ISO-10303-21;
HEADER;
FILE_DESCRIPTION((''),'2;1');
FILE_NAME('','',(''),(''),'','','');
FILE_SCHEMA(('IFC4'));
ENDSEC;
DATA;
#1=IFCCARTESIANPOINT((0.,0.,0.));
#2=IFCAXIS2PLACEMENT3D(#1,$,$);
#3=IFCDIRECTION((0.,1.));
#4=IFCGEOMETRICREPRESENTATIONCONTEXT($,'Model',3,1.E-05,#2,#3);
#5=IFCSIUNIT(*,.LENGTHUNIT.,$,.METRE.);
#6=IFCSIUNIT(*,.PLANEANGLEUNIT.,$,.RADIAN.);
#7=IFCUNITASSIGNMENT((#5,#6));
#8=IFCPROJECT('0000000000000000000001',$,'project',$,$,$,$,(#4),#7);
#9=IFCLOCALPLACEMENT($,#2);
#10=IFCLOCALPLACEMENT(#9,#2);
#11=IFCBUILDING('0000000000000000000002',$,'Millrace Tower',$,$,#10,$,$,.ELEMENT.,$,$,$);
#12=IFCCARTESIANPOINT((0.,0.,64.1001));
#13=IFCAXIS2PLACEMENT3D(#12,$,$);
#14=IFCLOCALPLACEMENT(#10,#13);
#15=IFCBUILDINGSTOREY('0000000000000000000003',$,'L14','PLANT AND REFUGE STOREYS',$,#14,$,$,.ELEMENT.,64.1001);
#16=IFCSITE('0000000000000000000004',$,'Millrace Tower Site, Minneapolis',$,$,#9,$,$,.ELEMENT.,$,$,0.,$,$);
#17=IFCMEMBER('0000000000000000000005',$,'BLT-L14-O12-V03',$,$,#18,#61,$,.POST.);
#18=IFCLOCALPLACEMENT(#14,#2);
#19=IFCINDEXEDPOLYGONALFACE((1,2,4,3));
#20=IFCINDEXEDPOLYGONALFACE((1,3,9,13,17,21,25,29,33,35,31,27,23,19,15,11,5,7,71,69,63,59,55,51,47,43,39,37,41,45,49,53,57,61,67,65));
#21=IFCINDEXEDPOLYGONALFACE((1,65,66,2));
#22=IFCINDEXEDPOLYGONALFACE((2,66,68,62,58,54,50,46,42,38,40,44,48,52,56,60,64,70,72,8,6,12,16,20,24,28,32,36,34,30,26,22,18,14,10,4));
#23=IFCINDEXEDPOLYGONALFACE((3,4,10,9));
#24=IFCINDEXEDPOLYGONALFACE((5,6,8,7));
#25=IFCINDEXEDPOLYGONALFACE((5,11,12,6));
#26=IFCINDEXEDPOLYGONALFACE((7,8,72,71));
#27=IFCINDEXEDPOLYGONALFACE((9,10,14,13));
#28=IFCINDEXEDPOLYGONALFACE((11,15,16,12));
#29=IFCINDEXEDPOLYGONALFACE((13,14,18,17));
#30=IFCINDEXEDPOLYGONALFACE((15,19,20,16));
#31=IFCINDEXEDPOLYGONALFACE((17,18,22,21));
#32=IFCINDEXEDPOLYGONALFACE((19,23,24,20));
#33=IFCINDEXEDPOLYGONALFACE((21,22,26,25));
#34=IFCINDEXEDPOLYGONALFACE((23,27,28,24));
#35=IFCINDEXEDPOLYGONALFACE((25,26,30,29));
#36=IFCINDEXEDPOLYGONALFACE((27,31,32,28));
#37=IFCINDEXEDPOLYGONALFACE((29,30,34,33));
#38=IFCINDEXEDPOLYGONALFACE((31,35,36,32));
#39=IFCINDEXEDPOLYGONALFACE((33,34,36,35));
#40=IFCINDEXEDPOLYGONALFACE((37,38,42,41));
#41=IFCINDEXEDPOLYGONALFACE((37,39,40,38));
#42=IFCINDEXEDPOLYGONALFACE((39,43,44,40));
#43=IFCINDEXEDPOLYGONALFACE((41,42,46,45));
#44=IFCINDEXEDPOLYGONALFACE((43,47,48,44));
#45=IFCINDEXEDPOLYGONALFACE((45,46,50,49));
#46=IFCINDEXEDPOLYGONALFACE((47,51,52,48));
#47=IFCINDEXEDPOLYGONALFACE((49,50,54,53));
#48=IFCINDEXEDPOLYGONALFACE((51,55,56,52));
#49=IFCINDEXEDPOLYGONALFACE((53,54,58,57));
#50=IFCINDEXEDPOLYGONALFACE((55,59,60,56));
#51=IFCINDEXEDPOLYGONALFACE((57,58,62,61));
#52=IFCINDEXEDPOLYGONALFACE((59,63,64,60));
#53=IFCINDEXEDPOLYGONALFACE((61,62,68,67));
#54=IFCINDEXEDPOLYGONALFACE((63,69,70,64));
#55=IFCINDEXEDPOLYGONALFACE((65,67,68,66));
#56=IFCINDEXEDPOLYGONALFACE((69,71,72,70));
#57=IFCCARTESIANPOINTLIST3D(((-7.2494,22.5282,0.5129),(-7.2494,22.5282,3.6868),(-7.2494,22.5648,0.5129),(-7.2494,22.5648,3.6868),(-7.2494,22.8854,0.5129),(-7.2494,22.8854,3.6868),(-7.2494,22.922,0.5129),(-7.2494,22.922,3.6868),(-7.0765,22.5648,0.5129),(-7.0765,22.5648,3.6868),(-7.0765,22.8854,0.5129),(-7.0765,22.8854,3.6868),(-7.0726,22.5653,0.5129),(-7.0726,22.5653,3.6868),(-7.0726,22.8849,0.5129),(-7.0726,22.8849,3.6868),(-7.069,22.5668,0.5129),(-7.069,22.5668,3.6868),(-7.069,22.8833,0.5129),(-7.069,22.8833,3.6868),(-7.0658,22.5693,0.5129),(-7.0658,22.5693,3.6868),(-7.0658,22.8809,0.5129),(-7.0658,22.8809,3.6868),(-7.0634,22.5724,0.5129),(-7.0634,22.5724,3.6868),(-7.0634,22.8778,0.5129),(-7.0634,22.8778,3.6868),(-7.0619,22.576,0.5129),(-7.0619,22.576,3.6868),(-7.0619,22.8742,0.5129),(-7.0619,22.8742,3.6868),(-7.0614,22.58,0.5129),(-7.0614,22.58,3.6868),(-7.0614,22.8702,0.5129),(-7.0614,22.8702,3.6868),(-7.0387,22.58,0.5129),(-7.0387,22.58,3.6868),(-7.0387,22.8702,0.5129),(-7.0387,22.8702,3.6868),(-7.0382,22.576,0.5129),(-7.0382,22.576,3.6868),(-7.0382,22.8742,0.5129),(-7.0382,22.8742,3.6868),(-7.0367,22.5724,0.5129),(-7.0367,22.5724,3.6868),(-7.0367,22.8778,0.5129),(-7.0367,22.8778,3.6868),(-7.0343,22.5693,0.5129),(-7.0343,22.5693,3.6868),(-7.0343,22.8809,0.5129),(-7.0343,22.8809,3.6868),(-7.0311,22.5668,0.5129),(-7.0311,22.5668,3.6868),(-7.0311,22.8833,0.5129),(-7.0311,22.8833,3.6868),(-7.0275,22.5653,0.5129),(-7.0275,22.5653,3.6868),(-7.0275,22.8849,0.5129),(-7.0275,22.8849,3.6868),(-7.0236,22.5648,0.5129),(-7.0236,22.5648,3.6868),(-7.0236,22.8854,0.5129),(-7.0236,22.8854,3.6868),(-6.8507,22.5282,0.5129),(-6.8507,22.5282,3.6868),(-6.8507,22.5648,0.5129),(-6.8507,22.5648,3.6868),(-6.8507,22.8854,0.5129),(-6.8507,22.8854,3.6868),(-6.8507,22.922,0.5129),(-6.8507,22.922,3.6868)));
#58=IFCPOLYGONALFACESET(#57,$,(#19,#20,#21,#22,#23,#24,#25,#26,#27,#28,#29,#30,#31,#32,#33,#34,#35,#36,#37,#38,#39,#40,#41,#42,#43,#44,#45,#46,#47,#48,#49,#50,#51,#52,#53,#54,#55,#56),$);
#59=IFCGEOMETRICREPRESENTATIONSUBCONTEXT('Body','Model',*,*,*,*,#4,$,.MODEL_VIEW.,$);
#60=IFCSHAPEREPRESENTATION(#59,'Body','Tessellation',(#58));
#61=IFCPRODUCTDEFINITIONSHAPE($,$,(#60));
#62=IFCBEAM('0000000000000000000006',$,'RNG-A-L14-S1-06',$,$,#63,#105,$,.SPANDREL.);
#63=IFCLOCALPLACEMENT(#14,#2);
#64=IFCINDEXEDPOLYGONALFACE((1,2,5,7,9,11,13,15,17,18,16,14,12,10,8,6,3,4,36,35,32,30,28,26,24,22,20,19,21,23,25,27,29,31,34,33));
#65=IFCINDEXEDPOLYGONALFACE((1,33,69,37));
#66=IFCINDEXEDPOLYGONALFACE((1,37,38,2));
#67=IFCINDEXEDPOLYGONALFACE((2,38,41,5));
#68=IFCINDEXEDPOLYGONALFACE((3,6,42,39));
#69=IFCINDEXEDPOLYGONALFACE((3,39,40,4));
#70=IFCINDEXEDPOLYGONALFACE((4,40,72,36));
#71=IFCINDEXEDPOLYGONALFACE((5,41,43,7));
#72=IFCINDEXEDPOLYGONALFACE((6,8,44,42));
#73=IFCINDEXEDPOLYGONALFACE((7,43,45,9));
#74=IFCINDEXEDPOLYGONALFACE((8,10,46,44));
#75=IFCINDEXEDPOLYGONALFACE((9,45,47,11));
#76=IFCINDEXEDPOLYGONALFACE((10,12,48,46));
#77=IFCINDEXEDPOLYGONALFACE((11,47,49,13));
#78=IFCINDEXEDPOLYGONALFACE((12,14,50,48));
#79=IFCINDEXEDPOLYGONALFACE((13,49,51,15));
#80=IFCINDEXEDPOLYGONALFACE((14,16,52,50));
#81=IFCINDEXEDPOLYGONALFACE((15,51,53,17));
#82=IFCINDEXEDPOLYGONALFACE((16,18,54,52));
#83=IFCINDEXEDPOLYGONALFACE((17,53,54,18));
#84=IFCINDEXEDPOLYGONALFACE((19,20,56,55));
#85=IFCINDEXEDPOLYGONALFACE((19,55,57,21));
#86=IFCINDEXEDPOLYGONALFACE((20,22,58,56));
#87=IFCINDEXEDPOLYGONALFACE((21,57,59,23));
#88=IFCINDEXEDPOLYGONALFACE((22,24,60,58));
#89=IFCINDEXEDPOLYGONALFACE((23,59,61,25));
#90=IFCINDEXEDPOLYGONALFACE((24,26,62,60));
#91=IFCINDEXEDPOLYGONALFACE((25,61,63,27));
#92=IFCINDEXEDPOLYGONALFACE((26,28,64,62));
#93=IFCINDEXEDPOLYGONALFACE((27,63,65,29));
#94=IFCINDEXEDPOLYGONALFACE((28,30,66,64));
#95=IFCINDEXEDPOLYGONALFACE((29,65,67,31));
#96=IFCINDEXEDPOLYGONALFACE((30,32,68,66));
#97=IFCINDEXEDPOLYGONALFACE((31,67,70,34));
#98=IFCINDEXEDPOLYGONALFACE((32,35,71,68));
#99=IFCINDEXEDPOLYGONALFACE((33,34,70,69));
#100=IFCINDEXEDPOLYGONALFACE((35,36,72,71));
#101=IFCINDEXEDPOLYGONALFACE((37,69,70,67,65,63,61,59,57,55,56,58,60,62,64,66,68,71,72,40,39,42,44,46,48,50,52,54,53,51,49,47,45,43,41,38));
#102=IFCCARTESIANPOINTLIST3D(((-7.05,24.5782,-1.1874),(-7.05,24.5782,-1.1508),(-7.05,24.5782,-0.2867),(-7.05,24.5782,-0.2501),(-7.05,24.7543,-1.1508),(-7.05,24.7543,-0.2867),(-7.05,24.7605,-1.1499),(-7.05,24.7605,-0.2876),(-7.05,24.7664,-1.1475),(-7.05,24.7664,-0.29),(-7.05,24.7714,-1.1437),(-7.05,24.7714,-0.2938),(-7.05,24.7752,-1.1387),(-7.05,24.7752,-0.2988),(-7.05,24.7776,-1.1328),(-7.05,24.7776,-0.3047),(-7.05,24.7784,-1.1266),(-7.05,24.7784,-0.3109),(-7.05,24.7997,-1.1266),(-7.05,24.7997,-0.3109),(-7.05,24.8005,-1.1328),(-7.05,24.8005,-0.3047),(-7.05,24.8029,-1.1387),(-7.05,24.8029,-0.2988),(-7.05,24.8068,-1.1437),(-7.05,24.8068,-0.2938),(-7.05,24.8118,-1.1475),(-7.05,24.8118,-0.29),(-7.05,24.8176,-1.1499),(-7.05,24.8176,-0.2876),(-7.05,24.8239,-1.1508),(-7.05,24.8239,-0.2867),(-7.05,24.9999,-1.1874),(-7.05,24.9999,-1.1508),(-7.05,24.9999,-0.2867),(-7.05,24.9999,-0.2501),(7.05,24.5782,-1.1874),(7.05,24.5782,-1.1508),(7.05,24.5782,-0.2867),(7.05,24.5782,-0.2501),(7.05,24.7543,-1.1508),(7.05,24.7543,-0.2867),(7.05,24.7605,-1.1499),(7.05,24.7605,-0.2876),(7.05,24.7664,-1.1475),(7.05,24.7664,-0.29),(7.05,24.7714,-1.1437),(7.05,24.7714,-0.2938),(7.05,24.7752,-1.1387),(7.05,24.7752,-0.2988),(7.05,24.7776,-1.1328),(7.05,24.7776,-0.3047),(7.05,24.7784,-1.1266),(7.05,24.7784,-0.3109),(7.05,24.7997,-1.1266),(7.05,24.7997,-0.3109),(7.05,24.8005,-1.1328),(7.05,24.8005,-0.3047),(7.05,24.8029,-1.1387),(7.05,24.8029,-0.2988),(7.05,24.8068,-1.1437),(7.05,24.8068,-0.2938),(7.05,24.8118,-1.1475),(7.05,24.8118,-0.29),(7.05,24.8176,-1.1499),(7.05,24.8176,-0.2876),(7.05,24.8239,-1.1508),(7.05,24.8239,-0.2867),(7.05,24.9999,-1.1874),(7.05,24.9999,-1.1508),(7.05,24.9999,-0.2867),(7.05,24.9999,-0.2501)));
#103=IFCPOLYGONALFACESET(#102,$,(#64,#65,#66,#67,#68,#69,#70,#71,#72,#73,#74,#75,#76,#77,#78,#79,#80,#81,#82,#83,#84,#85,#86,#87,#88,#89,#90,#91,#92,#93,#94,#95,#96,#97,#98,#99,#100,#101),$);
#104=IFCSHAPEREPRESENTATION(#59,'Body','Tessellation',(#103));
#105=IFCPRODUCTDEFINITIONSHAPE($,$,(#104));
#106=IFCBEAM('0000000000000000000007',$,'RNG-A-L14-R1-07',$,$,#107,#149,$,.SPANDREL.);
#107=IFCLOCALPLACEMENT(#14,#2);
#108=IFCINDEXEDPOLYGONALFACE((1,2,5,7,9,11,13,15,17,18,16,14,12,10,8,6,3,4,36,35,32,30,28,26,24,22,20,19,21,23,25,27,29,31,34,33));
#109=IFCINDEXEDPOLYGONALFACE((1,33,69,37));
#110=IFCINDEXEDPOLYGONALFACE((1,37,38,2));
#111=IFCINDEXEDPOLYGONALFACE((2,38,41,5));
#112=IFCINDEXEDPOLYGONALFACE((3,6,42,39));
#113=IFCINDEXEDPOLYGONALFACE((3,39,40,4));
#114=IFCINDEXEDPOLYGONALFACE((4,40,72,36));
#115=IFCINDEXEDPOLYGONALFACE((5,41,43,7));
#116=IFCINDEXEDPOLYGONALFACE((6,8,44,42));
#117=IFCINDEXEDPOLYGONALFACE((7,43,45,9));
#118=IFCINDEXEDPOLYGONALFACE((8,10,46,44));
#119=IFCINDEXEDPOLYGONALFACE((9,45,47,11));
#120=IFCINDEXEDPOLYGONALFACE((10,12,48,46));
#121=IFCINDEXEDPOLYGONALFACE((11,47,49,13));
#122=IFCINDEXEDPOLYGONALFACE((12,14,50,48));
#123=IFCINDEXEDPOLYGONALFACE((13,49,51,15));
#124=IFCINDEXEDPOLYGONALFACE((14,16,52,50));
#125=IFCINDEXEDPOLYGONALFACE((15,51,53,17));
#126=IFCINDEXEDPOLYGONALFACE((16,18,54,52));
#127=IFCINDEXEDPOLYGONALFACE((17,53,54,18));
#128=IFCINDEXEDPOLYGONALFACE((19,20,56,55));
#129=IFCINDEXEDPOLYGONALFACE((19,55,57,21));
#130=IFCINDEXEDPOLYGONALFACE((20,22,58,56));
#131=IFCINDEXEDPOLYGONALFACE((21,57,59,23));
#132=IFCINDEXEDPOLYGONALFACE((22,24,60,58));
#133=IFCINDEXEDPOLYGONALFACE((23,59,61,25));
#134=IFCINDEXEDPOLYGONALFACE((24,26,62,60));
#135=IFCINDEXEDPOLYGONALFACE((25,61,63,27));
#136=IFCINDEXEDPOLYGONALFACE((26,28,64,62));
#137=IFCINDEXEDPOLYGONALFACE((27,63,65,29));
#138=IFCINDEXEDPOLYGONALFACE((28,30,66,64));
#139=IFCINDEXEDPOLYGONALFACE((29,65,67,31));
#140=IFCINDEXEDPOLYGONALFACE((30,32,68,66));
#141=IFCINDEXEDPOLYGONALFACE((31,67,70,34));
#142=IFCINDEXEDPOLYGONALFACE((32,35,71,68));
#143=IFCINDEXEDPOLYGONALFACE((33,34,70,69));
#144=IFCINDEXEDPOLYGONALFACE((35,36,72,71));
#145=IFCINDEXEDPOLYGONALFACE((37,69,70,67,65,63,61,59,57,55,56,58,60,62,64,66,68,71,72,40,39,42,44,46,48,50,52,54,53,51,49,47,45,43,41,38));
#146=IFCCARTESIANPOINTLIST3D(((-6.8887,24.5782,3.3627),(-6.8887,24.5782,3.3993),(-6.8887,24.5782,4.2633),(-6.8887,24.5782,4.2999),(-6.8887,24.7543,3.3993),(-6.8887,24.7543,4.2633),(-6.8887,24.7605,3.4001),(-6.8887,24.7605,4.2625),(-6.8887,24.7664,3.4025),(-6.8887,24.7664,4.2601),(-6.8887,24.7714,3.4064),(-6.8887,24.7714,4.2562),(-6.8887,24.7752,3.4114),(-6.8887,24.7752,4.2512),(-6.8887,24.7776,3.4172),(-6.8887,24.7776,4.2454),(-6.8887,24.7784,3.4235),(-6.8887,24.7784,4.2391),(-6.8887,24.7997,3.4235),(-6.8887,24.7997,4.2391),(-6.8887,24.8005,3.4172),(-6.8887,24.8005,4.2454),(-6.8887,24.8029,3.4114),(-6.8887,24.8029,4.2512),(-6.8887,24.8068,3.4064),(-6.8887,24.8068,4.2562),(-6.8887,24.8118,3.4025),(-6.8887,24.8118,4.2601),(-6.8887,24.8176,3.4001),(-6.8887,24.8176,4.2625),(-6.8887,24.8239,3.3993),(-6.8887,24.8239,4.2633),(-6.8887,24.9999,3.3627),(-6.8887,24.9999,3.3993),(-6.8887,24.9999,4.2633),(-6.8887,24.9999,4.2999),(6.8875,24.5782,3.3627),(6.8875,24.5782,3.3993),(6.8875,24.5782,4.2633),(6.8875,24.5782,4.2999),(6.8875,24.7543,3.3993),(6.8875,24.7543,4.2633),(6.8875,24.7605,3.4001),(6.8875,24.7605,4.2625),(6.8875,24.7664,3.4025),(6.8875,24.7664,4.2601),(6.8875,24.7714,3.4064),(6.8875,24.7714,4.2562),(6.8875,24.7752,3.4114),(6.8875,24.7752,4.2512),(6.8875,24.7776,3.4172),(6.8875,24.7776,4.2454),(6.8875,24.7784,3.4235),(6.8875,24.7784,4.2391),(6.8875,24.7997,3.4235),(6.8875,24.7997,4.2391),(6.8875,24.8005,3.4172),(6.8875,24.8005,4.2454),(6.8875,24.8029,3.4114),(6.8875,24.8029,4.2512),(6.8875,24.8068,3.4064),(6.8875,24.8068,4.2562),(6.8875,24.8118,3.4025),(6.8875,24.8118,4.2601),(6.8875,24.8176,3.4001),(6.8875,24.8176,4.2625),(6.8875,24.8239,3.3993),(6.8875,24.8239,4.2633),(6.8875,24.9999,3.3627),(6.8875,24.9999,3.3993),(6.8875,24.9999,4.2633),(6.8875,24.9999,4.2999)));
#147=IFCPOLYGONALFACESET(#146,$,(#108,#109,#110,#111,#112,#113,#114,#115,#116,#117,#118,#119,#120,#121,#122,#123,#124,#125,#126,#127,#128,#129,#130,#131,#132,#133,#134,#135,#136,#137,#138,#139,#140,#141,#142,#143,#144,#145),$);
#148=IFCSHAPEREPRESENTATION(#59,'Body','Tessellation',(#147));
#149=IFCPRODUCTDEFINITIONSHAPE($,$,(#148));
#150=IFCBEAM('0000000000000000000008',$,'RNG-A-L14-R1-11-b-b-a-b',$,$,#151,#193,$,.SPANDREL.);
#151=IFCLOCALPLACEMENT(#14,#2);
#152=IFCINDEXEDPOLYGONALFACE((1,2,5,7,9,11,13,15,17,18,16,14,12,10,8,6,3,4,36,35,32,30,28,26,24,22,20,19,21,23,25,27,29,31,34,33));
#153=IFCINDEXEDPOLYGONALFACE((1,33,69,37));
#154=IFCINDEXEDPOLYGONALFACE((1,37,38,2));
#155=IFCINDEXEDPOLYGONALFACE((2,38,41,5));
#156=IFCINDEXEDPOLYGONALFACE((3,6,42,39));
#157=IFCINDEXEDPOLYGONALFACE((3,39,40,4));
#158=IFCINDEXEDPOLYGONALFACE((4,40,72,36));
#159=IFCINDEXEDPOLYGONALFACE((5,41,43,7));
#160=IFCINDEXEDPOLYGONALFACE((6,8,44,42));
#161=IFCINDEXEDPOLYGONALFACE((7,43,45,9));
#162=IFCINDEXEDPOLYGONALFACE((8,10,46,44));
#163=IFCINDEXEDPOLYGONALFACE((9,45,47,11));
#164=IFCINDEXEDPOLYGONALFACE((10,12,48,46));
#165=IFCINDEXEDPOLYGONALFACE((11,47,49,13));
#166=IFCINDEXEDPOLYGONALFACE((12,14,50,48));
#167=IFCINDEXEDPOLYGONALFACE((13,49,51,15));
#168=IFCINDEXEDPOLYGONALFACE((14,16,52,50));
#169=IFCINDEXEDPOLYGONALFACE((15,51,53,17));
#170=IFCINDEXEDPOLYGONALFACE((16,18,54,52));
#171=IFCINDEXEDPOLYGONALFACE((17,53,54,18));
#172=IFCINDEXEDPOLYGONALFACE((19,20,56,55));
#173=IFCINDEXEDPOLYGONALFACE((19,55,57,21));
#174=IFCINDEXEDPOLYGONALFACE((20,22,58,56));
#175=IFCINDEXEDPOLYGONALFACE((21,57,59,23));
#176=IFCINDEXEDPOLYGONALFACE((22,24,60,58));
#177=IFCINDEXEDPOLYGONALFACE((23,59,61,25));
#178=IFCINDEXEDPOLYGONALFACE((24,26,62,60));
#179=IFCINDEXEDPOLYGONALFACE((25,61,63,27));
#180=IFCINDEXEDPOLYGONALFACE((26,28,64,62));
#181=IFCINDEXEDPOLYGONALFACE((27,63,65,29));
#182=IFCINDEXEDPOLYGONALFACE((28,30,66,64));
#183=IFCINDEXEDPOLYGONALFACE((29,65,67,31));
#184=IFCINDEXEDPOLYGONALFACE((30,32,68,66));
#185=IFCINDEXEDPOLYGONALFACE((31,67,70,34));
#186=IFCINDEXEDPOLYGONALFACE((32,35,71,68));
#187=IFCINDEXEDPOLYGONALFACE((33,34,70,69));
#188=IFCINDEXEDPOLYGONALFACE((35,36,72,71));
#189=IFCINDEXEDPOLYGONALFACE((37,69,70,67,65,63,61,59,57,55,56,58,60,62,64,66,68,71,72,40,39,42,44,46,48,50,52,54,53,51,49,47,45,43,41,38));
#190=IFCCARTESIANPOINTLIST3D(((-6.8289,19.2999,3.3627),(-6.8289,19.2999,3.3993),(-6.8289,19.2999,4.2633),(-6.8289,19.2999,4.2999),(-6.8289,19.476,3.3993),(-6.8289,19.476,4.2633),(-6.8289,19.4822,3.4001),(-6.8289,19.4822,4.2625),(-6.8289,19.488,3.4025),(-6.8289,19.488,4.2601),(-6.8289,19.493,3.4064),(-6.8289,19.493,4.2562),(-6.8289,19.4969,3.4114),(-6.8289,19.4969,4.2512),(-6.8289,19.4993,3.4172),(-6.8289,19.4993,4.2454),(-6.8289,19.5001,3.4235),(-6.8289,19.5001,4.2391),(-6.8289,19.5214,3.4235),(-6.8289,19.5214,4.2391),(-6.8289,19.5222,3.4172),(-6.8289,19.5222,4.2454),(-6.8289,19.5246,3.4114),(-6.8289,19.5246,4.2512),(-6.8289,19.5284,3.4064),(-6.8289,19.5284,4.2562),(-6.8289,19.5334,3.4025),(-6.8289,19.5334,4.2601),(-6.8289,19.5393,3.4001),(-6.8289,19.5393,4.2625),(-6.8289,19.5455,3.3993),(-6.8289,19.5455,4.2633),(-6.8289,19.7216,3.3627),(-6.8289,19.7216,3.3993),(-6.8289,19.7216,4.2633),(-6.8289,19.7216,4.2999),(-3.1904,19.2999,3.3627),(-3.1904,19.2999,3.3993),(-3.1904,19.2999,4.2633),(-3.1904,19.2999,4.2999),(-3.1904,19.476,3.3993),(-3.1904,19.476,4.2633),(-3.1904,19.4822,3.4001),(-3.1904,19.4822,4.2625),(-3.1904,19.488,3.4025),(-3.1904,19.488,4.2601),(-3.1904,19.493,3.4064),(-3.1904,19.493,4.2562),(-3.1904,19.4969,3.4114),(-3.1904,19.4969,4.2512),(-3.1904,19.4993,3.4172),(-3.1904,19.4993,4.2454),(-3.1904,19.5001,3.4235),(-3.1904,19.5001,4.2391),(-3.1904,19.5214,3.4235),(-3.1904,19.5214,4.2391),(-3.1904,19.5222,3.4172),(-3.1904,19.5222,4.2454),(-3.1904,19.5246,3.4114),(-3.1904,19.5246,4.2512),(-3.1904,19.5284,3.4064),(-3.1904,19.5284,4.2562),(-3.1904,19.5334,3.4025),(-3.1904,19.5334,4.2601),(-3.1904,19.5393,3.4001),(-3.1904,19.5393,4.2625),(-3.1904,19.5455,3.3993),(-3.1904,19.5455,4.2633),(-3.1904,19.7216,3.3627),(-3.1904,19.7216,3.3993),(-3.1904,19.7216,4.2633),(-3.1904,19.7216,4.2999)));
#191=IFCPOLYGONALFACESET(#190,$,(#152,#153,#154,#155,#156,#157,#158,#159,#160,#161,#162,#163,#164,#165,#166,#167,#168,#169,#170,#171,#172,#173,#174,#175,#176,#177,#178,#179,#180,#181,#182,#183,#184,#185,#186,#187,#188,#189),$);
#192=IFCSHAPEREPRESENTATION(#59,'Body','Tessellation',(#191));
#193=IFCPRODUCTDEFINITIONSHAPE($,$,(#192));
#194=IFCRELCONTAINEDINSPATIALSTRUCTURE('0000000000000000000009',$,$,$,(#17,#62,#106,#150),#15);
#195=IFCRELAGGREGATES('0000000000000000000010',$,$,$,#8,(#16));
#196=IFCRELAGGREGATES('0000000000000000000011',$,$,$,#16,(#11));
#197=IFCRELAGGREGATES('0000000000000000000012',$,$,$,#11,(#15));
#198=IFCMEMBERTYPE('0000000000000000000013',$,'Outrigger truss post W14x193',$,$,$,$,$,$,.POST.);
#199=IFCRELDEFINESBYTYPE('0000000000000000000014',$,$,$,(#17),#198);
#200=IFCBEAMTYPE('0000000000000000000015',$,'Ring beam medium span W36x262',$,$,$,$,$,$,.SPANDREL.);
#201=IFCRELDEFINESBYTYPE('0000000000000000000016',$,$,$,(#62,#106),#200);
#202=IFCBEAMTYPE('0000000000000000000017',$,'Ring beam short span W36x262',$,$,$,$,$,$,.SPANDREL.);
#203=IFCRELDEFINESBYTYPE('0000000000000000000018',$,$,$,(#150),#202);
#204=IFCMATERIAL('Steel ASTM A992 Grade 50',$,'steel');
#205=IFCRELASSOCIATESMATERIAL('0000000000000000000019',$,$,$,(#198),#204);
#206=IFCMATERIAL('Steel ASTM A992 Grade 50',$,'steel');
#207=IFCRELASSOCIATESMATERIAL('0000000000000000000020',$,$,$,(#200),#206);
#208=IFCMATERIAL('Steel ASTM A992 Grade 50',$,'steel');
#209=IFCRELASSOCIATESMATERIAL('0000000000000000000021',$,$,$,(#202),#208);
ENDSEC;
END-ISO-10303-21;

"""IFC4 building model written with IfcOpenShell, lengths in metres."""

from ifc_helpers import new_model, si_unit, direction, frame, origin, origin_2d, place, context, subcontext, project, spatial, i_section, extrude, material, material_profile, profile_set, type_object, element, save


model = new_model("IFC4")

# Units and contexts
model_context = context("Model", 3, precision=1e-05, world=origin(), true_north=direction((0.0, 1.0)))
body_context = subcontext(model_context, "Body", "Model", "MODEL_VIEW")
ifc_project = project(units=[si_unit("LENGTHUNIT", "METRE"), si_unit("PLANEANGLEUNIT", "RADIAN")], contexts=[model_context])

# Site, building, storey
site_placement = place(None, origin())
site = spatial("IfcSite", under=ifc_project, at=site_placement, Name="Millrace Tower Site, Minneapolis", CompositionType="ELEMENT", RefElevation=0.0)
building_placement = place(site_placement, origin())
building = spatial("IfcBuilding", under=site, at=building_placement, Name="Millrace Tower", CompositionType="ELEMENT")
storey_placement = place(building_placement, frame((0.0, 0.0, 64.1001)))
storey = spatial("IfcBuildingStorey", under=building, at=storey_placement, Name="L14", Description="PLANT AND REFUGE STOREYS", CompositionType="ELEMENT", Elevation=64.1001)

# Member
ifc_material_1 = material(Name="Steel ASTM A992 Grade 50", Category="steel")
ifc_material_profile_1 = material_profile(ifc_material_1, i_section(OverallWidth=0.3987, OverallDepth=0.3938, WebThickness=0.0227, FlangeThickness=0.0366, FilletRadius=0.0151, at=origin_2d()))
ifc_profile_set_1 = profile_set([ifc_material_profile_1], Name="Steel ASTM A992 Grade 50")
member_type_1 = type_object("IfcMemberType", Name="Outrigger truss post W14x193", PredefinedType="POST", material=ifc_profile_set_1)
for number, where, z_axis, x_axis, name in (
    (1, (-7.05, 22.7251, 0.5129), (0.0, 0.0, 1.0), (1.0, 0.0, 0.0), "BLT-L14-O12-V03"),
):
    element("IfcMember", number, at=place(storey_placement, frame(where, z_axis=z_axis, x_axis=x_axis)), inside=storey, type_object=member_type_1, Name=name, PredefinedType="POST", context=body_context, shape_type="SweptSolid", body=[
        extrude(i_section(OverallWidth=0.3987, OverallDepth=0.3938, WebThickness=0.0227, FlangeThickness=0.0366, FilletRadius=0.0151, at=origin_2d()), origin(), (0.0, 0.0, 1.0), 3.1738),
    ])

# Beams
ifc_material_2 = material(Name="Steel ASTM A992 Grade 50", Category="steel")
ifc_material_profile_2 = material_profile(ifc_material_2, i_section(OverallWidth=0.4216, OverallDepth=0.9373, WebThickness=0.0212, FlangeThickness=0.0366, FilletRadius=0.0242, at=origin_2d()))
ifc_profile_set_2 = profile_set([ifc_material_profile_2], Name="Steel ASTM A992 Grade 50")
beam_type_1 = type_object("IfcBeamType", Name="Ring beam medium span W36x262", PredefinedType="SPANDREL", material=ifc_profile_set_2)
beam_1_placement = place(storey_placement, frame((-7.05, 24.7891, -0.7188), z_axis=(1.0, 0.0, 0.0), x_axis=(0.0, 1.0, 0.0)))
element("IfcBeam", 2, at=beam_1_placement, inside=storey, type_object=beam_type_1, Name="RNG-A-L14-S1-06", PredefinedType="SPANDREL", context=body_context, shape_type="SweptSolid", body=[
    extrude(i_section(OverallWidth=0.4216, OverallDepth=0.9373, WebThickness=0.0212, FlangeThickness=0.0366, FilletRadius=0.0242, at=origin_2d()), origin(), (0.0, 0.0, 1.0), 14.1001),
])
beam_2_placement = place(storey_placement, frame((-6.8887, 24.7891, 3.8313), z_axis=(1.0, 0.0, 0.0), x_axis=(0.0, 1.0, 0.0)))
element("IfcBeam", 3, at=beam_2_placement, inside=storey, type_object=beam_type_1, Name="RNG-A-L14-R1-07", PredefinedType="SPANDREL", context=body_context, shape_type="SweptSolid", body=[
    extrude(i_section(OverallWidth=0.4216, OverallDepth=0.9373, WebThickness=0.0212, FlangeThickness=0.0366, FilletRadius=0.0242, at=origin_2d()), origin(), (0.0, 0.0, 1.0), 13.7761),
])
ifc_material_3 = material(Name="Steel ASTM A992 Grade 50", Category="steel")
ifc_material_profile_3 = material_profile(ifc_material_3, i_section(OverallWidth=0.4216, OverallDepth=0.9373, WebThickness=0.0212, FlangeThickness=0.0366, FilletRadius=0.0242, at=origin_2d()))
ifc_profile_set_3 = profile_set([ifc_material_profile_3], Name="Steel ASTM A992 Grade 50")
beam_type_2 = type_object("IfcBeamType", Name="Ring beam short span W36x262", PredefinedType="SPANDREL", material=ifc_profile_set_3)
beam_3_placement = place(storey_placement, frame((-3.1904, 19.5107, 3.8313), z_axis=(-1.0, 0.0, 0.0), x_axis=(0.0, -1.0, 0.0)))
element("IfcBeam", 4, at=beam_3_placement, inside=storey, type_object=beam_type_2, Name="RNG-A-L14-R1-11-b-b-a-b", PredefinedType="SPANDREL", context=body_context, shape_type="SweptSolid", body=[
    extrude(i_section(OverallWidth=0.4216, OverallDepth=0.9373, WebThickness=0.0212, FlangeThickness=0.0366, FilletRadius=0.0242, at=origin_2d()), origin(), (0.0, 0.0, 1.0), 3.6384),
])

save(model, "model.ifc")
